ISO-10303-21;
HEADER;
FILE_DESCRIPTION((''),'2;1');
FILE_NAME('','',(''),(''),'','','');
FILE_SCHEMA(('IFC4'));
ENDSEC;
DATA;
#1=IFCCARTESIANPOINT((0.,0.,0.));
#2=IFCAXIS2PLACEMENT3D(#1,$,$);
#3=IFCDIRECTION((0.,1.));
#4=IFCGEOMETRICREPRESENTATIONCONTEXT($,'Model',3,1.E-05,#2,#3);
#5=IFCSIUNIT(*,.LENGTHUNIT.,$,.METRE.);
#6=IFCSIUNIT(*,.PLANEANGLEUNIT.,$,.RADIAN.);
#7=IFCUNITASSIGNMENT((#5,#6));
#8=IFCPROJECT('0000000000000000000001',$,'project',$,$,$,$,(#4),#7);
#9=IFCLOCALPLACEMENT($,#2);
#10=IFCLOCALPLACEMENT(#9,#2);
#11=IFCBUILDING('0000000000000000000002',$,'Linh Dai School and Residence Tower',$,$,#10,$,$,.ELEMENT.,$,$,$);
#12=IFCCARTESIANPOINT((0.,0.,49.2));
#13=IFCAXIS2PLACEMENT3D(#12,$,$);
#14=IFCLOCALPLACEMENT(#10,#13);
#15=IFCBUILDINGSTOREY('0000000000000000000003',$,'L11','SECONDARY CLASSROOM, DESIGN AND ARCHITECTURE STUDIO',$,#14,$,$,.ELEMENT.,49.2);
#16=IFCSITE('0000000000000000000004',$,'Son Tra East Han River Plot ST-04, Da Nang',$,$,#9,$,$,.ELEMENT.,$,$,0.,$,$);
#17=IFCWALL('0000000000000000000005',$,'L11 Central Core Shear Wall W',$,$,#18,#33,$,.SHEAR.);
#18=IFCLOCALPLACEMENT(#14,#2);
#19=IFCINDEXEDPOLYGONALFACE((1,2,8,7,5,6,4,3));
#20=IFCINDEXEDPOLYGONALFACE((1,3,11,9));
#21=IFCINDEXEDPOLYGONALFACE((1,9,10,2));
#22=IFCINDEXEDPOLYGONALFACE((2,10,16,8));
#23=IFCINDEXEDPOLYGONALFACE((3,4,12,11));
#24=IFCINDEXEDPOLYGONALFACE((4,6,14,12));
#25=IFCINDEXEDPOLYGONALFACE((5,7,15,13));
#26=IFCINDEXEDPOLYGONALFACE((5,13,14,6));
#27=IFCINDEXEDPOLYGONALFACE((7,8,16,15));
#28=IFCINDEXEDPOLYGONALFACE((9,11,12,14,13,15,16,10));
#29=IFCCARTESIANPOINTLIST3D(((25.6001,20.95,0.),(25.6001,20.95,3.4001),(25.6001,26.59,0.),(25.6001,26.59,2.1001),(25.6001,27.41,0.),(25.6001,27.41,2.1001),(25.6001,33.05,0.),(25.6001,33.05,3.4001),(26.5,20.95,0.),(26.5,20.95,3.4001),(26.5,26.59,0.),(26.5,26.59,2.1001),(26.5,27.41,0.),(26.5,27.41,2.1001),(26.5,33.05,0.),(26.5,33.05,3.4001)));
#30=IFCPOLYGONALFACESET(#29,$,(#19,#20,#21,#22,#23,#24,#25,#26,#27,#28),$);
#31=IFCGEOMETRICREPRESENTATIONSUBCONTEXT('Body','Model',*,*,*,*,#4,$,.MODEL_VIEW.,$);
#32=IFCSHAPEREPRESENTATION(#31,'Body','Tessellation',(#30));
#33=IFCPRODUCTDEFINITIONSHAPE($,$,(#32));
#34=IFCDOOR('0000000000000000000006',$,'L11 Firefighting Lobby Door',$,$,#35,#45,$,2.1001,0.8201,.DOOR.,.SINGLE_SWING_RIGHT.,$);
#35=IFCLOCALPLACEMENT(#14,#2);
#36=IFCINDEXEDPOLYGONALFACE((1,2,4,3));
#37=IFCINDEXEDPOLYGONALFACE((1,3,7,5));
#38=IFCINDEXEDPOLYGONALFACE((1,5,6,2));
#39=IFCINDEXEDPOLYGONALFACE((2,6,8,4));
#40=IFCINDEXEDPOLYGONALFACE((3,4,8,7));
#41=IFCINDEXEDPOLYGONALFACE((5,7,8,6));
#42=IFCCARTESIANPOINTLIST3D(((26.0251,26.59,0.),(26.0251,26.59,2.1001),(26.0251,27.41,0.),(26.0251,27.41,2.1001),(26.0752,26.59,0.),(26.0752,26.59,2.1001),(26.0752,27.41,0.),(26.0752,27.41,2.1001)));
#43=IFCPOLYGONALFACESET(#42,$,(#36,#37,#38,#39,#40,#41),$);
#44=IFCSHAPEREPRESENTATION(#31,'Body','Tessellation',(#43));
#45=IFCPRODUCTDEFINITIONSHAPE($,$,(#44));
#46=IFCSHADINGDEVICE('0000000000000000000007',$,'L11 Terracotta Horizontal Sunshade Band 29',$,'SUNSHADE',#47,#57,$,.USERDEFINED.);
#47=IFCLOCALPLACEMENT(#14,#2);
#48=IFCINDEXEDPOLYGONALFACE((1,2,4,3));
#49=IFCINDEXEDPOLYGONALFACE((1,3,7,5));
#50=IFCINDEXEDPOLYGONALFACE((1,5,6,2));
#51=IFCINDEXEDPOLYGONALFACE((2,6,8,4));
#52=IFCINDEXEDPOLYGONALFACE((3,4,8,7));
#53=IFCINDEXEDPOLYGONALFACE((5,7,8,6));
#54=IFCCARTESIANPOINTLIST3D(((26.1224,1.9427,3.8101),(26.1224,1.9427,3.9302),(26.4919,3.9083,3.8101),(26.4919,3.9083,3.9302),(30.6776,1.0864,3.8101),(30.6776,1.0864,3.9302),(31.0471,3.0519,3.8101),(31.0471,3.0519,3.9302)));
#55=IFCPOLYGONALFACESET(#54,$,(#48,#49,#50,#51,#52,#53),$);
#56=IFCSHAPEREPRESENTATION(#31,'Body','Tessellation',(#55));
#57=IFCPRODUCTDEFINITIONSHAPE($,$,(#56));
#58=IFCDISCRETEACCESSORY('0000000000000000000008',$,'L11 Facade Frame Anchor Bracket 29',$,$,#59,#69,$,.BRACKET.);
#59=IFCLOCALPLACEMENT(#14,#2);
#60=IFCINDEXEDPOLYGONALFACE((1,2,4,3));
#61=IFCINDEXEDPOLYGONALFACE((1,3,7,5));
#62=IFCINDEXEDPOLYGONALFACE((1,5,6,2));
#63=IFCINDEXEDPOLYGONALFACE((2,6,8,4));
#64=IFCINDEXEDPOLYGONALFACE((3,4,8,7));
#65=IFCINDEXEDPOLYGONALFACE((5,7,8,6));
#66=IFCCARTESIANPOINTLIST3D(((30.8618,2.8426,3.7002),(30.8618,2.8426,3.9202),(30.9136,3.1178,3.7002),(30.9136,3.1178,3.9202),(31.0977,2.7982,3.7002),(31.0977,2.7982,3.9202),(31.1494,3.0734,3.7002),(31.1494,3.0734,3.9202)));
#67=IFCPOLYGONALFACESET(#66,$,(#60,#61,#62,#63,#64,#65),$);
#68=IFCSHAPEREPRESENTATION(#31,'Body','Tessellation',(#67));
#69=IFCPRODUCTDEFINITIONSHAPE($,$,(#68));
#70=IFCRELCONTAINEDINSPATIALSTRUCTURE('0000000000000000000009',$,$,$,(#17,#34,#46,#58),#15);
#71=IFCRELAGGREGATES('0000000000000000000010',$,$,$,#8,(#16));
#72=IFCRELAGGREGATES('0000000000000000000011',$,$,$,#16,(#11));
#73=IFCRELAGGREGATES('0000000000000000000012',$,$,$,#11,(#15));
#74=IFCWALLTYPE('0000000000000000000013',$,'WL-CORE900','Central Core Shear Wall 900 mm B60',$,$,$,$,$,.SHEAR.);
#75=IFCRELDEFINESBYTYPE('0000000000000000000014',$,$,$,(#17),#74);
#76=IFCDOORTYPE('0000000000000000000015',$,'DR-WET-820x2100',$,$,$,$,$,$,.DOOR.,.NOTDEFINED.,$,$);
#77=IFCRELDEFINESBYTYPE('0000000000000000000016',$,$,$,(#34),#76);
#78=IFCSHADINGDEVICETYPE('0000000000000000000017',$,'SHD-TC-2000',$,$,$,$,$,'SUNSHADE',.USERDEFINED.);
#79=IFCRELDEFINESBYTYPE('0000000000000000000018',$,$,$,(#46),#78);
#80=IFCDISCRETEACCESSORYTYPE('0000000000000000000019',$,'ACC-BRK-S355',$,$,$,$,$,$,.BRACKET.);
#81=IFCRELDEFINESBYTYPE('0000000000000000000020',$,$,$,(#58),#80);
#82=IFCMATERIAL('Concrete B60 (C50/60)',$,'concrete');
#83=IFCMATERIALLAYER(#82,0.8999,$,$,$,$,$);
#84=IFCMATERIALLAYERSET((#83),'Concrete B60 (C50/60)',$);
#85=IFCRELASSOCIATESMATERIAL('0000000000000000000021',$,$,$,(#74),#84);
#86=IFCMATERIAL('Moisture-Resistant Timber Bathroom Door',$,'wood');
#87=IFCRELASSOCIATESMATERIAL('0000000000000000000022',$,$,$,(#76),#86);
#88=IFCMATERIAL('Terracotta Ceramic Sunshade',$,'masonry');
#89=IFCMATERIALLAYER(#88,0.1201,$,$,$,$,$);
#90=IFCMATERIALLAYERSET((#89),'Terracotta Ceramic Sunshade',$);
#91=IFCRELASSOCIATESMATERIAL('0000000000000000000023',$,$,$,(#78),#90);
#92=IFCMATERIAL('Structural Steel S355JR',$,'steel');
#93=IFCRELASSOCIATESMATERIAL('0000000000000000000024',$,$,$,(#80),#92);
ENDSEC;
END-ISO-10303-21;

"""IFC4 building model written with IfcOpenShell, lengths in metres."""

from ifc_helpers import new_model, si_unit, direction, frame, frame_2d, origin, origin_2d, place, context, subcontext, project, spatial, rectangle, extrude, source, transform, mapped, material, layer, layer_set, type_object, element, fill, save


model = new_model("IFC4")

# Units and contexts
model_context = context("Model", 3, precision=1e-05, world=origin(), true_north=direction((0.0, 1.0)))
body_context = subcontext(model_context, "Body", "Model", "MODEL_VIEW")
ifc_project = project(units=[si_unit("LENGTHUNIT", "METRE"), si_unit("PLANEANGLEUNIT", "RADIAN")], contexts=[model_context])

# Site, building, storey
site_placement = place(None, origin())
site = spatial("IfcSite", under=ifc_project, at=site_placement, Name="Son Tra East Han River Plot ST-04, Da Nang", CompositionType="ELEMENT", RefElevation=0.0)
building_placement = place(site_placement, origin())
building = spatial("IfcBuilding", under=site, at=building_placement, Name="Linh Dai School and Residence Tower", CompositionType="ELEMENT")
storey_placement = place(building_placement, frame((0.0, 0.0, 49.2)))
storey = spatial("IfcBuildingStorey", under=building, at=storey_placement, Name="L11", Description="SECONDARY CLASSROOM, DESIGN AND ARCHITECTURE STUDIO", CompositionType="ELEMENT", Elevation=49.2)

# Shared definitions
ifc_material_1 = material(Name="Concrete B60 (C50/60)", Category="concrete")
ifc_material_2 = material(Name="Structural Steel S355JR", Category="steel")

# Wall, opening, door
ifc_layer_1 = layer(ifc_material_1, 0.8999)
ifc_layer_set_1 = layer_set([ifc_layer_1], Name="Concrete B60 (C50/60)")
wall_type_1 = type_object("IfcWallType", Name="WL-CORE900", Description="Central Core Shear Wall 900 mm B60", PredefinedType="SHEAR", material=ifc_layer_set_1)
wall_1_placement = place(storey_placement, frame((26.05, 20.95, 0.0), z_axis=(0.0, 0.0, 1.0), x_axis=(0.0, 1.0, 0.0)))
wall_1 = element("IfcWall", 1, at=wall_1_placement, inside=storey, type_object=wall_type_1, Name="L11 Central Core Shear Wall W", PredefinedType="SHEAR", context=body_context, shape_type="SweptSolid", body=[
    extrude(rectangle(XDim=12.1001, YDim=0.8999, at=frame_2d((6.05, 0.0))), origin(), (0.0, 0.0, 1.0), 3.4001),
])
opening_1_placement = place(wall_1_placement, frame((5.6399, 0.0, 0.0)))
opening_1 = element("IfcOpeningElement", 2, at=opening_1_placement, cuts=wall_1, PredefinedType="OPENING", context=body_context, shape_type="SweptSolid", body=[
    extrude(rectangle(XDim=0.8201, YDim=2.1001, at=origin_2d()), frame((0.4102, 0.46, 1.05), z_axis=(0.0, -1.0, 0.0), x_axis=(1.0, 0.0, 0.0)), (0.0, 0.0, 1.0), 0.9199),
])
ifc_material_3 = material(Name="Moisture-Resistant Timber Bathroom Door", Category="wood")
door_type_1 = type_object("IfcDoorType", Name="DR-WET-820x2100", OperationType="NOTDEFINED", PredefinedType="DOOR", material=ifc_material_3)
shared_shape_1 = source(origin(), body_context, "Body", "SweptSolid", [
    extrude(rectangle(XDim=0.8201, YDim=2.1001, at=origin_2d()), frame((0.4102, 0.0249, 1.05), z_axis=(0.0, -1.0, 0.0), x_axis=(1.0, 0.0, 0.0)), (0.0, 0.0, 1.0), 0.05),
])
door_1_placement = place(opening_1_placement, origin())
door_1 = element("IfcDoor", 3, at=door_1_placement, inside=storey, type_object=door_type_1, Name="L11 Firefighting Lobby Door", OperationType="SINGLE_SWING_RIGHT", OverallHeight=2.1001, OverallWidth=0.8201, PredefinedType="DOOR", context=body_context, shape_type="MappedRepresentation", body=[
    mapped(shared_shape_1, transform((0.0, 0.0, 0.0), x_axis=(1.0, 0.0, 0.0), y_axis=(0.0, 1.0, 0.0), z_axis=(0.0, 0.0, 1.0), scale=1.0)),
])
fill(opening_1, door_1)

# Shading device
ifc_material_4 = material(Name="Terracotta Ceramic Sunshade", Category="masonry")
ifc_layer_2 = layer(ifc_material_4, 0.1201)
ifc_layer_set_2 = layer_set([ifc_layer_2], Name="Terracotta Ceramic Sunshade")
shading_device_type = type_object("IfcShadingDeviceType", Name="SHD-TC-2000", ElementType="SUNSHADE", PredefinedType="USERDEFINED", material=ifc_layer_set_2)
shared_shape_2 = source(origin(), body_context, "Body", "SweptSolid", [
    extrude(rectangle(XDim=4.635, YDim=2.0, at=origin_2d()), origin(), (0.0, 0.0, 1.0), 0.1201),
])
shading_device_placement = place(storey_placement, frame((28.5847, 2.4973, 3.8101), z_axis=(0.0, 0.0, 1.0), x_axis=(-0.982786, 0.184748, 0.0)))
element("IfcShadingDevice", 4, at=shading_device_placement, inside=storey, type_object=shading_device_type, Name="L11 Terracotta Horizontal Sunshade Band 29", ObjectType="SUNSHADE", PredefinedType="USERDEFINED", context=body_context, shape_type="MappedRepresentation", body=[
    mapped(shared_shape_2, transform((0.0, 0.0, 0.0), x_axis=(1.0, 0.0, 0.0), y_axis=(0.0, 1.0, 0.0), z_axis=(0.0, 0.0, 1.0), scale=1.0)),
])

# Discrete accessory
discrete_accessory_type = type_object("IfcDiscreteAccessoryType", Name="ACC-BRK-S355", PredefinedType="BRACKET", material=ifc_material_2)
shared_shape_3 = source(origin(), body_context, "Body", "SweptSolid", [
    extrude(rectangle(XDim=0.28, YDim=0.24, at=origin_2d()), origin(), (0.0, 0.0, 1.0), 0.22),
])
discrete_accessory_placement = place(storey_placement, frame((31.0056, 2.958, 3.7002), z_axis=(0.0, 0.0, 1.0), x_axis=(-0.184748, -0.982786, 0.0)))
element("IfcDiscreteAccessory", 5, at=discrete_accessory_placement, inside=storey, type_object=discrete_accessory_type, Name="L11 Facade Frame Anchor Bracket 29", PredefinedType="BRACKET", context=body_context, shape_type="MappedRepresentation", body=[
    mapped(shared_shape_3, transform((0.0, 0.0, 0.0), x_axis=(1.0, 0.0, 0.0), y_axis=(0.0, 1.0, 0.0), z_axis=(0.0, 0.0, 1.0), scale=1.0)),
])

save(model, "model.ifc")
